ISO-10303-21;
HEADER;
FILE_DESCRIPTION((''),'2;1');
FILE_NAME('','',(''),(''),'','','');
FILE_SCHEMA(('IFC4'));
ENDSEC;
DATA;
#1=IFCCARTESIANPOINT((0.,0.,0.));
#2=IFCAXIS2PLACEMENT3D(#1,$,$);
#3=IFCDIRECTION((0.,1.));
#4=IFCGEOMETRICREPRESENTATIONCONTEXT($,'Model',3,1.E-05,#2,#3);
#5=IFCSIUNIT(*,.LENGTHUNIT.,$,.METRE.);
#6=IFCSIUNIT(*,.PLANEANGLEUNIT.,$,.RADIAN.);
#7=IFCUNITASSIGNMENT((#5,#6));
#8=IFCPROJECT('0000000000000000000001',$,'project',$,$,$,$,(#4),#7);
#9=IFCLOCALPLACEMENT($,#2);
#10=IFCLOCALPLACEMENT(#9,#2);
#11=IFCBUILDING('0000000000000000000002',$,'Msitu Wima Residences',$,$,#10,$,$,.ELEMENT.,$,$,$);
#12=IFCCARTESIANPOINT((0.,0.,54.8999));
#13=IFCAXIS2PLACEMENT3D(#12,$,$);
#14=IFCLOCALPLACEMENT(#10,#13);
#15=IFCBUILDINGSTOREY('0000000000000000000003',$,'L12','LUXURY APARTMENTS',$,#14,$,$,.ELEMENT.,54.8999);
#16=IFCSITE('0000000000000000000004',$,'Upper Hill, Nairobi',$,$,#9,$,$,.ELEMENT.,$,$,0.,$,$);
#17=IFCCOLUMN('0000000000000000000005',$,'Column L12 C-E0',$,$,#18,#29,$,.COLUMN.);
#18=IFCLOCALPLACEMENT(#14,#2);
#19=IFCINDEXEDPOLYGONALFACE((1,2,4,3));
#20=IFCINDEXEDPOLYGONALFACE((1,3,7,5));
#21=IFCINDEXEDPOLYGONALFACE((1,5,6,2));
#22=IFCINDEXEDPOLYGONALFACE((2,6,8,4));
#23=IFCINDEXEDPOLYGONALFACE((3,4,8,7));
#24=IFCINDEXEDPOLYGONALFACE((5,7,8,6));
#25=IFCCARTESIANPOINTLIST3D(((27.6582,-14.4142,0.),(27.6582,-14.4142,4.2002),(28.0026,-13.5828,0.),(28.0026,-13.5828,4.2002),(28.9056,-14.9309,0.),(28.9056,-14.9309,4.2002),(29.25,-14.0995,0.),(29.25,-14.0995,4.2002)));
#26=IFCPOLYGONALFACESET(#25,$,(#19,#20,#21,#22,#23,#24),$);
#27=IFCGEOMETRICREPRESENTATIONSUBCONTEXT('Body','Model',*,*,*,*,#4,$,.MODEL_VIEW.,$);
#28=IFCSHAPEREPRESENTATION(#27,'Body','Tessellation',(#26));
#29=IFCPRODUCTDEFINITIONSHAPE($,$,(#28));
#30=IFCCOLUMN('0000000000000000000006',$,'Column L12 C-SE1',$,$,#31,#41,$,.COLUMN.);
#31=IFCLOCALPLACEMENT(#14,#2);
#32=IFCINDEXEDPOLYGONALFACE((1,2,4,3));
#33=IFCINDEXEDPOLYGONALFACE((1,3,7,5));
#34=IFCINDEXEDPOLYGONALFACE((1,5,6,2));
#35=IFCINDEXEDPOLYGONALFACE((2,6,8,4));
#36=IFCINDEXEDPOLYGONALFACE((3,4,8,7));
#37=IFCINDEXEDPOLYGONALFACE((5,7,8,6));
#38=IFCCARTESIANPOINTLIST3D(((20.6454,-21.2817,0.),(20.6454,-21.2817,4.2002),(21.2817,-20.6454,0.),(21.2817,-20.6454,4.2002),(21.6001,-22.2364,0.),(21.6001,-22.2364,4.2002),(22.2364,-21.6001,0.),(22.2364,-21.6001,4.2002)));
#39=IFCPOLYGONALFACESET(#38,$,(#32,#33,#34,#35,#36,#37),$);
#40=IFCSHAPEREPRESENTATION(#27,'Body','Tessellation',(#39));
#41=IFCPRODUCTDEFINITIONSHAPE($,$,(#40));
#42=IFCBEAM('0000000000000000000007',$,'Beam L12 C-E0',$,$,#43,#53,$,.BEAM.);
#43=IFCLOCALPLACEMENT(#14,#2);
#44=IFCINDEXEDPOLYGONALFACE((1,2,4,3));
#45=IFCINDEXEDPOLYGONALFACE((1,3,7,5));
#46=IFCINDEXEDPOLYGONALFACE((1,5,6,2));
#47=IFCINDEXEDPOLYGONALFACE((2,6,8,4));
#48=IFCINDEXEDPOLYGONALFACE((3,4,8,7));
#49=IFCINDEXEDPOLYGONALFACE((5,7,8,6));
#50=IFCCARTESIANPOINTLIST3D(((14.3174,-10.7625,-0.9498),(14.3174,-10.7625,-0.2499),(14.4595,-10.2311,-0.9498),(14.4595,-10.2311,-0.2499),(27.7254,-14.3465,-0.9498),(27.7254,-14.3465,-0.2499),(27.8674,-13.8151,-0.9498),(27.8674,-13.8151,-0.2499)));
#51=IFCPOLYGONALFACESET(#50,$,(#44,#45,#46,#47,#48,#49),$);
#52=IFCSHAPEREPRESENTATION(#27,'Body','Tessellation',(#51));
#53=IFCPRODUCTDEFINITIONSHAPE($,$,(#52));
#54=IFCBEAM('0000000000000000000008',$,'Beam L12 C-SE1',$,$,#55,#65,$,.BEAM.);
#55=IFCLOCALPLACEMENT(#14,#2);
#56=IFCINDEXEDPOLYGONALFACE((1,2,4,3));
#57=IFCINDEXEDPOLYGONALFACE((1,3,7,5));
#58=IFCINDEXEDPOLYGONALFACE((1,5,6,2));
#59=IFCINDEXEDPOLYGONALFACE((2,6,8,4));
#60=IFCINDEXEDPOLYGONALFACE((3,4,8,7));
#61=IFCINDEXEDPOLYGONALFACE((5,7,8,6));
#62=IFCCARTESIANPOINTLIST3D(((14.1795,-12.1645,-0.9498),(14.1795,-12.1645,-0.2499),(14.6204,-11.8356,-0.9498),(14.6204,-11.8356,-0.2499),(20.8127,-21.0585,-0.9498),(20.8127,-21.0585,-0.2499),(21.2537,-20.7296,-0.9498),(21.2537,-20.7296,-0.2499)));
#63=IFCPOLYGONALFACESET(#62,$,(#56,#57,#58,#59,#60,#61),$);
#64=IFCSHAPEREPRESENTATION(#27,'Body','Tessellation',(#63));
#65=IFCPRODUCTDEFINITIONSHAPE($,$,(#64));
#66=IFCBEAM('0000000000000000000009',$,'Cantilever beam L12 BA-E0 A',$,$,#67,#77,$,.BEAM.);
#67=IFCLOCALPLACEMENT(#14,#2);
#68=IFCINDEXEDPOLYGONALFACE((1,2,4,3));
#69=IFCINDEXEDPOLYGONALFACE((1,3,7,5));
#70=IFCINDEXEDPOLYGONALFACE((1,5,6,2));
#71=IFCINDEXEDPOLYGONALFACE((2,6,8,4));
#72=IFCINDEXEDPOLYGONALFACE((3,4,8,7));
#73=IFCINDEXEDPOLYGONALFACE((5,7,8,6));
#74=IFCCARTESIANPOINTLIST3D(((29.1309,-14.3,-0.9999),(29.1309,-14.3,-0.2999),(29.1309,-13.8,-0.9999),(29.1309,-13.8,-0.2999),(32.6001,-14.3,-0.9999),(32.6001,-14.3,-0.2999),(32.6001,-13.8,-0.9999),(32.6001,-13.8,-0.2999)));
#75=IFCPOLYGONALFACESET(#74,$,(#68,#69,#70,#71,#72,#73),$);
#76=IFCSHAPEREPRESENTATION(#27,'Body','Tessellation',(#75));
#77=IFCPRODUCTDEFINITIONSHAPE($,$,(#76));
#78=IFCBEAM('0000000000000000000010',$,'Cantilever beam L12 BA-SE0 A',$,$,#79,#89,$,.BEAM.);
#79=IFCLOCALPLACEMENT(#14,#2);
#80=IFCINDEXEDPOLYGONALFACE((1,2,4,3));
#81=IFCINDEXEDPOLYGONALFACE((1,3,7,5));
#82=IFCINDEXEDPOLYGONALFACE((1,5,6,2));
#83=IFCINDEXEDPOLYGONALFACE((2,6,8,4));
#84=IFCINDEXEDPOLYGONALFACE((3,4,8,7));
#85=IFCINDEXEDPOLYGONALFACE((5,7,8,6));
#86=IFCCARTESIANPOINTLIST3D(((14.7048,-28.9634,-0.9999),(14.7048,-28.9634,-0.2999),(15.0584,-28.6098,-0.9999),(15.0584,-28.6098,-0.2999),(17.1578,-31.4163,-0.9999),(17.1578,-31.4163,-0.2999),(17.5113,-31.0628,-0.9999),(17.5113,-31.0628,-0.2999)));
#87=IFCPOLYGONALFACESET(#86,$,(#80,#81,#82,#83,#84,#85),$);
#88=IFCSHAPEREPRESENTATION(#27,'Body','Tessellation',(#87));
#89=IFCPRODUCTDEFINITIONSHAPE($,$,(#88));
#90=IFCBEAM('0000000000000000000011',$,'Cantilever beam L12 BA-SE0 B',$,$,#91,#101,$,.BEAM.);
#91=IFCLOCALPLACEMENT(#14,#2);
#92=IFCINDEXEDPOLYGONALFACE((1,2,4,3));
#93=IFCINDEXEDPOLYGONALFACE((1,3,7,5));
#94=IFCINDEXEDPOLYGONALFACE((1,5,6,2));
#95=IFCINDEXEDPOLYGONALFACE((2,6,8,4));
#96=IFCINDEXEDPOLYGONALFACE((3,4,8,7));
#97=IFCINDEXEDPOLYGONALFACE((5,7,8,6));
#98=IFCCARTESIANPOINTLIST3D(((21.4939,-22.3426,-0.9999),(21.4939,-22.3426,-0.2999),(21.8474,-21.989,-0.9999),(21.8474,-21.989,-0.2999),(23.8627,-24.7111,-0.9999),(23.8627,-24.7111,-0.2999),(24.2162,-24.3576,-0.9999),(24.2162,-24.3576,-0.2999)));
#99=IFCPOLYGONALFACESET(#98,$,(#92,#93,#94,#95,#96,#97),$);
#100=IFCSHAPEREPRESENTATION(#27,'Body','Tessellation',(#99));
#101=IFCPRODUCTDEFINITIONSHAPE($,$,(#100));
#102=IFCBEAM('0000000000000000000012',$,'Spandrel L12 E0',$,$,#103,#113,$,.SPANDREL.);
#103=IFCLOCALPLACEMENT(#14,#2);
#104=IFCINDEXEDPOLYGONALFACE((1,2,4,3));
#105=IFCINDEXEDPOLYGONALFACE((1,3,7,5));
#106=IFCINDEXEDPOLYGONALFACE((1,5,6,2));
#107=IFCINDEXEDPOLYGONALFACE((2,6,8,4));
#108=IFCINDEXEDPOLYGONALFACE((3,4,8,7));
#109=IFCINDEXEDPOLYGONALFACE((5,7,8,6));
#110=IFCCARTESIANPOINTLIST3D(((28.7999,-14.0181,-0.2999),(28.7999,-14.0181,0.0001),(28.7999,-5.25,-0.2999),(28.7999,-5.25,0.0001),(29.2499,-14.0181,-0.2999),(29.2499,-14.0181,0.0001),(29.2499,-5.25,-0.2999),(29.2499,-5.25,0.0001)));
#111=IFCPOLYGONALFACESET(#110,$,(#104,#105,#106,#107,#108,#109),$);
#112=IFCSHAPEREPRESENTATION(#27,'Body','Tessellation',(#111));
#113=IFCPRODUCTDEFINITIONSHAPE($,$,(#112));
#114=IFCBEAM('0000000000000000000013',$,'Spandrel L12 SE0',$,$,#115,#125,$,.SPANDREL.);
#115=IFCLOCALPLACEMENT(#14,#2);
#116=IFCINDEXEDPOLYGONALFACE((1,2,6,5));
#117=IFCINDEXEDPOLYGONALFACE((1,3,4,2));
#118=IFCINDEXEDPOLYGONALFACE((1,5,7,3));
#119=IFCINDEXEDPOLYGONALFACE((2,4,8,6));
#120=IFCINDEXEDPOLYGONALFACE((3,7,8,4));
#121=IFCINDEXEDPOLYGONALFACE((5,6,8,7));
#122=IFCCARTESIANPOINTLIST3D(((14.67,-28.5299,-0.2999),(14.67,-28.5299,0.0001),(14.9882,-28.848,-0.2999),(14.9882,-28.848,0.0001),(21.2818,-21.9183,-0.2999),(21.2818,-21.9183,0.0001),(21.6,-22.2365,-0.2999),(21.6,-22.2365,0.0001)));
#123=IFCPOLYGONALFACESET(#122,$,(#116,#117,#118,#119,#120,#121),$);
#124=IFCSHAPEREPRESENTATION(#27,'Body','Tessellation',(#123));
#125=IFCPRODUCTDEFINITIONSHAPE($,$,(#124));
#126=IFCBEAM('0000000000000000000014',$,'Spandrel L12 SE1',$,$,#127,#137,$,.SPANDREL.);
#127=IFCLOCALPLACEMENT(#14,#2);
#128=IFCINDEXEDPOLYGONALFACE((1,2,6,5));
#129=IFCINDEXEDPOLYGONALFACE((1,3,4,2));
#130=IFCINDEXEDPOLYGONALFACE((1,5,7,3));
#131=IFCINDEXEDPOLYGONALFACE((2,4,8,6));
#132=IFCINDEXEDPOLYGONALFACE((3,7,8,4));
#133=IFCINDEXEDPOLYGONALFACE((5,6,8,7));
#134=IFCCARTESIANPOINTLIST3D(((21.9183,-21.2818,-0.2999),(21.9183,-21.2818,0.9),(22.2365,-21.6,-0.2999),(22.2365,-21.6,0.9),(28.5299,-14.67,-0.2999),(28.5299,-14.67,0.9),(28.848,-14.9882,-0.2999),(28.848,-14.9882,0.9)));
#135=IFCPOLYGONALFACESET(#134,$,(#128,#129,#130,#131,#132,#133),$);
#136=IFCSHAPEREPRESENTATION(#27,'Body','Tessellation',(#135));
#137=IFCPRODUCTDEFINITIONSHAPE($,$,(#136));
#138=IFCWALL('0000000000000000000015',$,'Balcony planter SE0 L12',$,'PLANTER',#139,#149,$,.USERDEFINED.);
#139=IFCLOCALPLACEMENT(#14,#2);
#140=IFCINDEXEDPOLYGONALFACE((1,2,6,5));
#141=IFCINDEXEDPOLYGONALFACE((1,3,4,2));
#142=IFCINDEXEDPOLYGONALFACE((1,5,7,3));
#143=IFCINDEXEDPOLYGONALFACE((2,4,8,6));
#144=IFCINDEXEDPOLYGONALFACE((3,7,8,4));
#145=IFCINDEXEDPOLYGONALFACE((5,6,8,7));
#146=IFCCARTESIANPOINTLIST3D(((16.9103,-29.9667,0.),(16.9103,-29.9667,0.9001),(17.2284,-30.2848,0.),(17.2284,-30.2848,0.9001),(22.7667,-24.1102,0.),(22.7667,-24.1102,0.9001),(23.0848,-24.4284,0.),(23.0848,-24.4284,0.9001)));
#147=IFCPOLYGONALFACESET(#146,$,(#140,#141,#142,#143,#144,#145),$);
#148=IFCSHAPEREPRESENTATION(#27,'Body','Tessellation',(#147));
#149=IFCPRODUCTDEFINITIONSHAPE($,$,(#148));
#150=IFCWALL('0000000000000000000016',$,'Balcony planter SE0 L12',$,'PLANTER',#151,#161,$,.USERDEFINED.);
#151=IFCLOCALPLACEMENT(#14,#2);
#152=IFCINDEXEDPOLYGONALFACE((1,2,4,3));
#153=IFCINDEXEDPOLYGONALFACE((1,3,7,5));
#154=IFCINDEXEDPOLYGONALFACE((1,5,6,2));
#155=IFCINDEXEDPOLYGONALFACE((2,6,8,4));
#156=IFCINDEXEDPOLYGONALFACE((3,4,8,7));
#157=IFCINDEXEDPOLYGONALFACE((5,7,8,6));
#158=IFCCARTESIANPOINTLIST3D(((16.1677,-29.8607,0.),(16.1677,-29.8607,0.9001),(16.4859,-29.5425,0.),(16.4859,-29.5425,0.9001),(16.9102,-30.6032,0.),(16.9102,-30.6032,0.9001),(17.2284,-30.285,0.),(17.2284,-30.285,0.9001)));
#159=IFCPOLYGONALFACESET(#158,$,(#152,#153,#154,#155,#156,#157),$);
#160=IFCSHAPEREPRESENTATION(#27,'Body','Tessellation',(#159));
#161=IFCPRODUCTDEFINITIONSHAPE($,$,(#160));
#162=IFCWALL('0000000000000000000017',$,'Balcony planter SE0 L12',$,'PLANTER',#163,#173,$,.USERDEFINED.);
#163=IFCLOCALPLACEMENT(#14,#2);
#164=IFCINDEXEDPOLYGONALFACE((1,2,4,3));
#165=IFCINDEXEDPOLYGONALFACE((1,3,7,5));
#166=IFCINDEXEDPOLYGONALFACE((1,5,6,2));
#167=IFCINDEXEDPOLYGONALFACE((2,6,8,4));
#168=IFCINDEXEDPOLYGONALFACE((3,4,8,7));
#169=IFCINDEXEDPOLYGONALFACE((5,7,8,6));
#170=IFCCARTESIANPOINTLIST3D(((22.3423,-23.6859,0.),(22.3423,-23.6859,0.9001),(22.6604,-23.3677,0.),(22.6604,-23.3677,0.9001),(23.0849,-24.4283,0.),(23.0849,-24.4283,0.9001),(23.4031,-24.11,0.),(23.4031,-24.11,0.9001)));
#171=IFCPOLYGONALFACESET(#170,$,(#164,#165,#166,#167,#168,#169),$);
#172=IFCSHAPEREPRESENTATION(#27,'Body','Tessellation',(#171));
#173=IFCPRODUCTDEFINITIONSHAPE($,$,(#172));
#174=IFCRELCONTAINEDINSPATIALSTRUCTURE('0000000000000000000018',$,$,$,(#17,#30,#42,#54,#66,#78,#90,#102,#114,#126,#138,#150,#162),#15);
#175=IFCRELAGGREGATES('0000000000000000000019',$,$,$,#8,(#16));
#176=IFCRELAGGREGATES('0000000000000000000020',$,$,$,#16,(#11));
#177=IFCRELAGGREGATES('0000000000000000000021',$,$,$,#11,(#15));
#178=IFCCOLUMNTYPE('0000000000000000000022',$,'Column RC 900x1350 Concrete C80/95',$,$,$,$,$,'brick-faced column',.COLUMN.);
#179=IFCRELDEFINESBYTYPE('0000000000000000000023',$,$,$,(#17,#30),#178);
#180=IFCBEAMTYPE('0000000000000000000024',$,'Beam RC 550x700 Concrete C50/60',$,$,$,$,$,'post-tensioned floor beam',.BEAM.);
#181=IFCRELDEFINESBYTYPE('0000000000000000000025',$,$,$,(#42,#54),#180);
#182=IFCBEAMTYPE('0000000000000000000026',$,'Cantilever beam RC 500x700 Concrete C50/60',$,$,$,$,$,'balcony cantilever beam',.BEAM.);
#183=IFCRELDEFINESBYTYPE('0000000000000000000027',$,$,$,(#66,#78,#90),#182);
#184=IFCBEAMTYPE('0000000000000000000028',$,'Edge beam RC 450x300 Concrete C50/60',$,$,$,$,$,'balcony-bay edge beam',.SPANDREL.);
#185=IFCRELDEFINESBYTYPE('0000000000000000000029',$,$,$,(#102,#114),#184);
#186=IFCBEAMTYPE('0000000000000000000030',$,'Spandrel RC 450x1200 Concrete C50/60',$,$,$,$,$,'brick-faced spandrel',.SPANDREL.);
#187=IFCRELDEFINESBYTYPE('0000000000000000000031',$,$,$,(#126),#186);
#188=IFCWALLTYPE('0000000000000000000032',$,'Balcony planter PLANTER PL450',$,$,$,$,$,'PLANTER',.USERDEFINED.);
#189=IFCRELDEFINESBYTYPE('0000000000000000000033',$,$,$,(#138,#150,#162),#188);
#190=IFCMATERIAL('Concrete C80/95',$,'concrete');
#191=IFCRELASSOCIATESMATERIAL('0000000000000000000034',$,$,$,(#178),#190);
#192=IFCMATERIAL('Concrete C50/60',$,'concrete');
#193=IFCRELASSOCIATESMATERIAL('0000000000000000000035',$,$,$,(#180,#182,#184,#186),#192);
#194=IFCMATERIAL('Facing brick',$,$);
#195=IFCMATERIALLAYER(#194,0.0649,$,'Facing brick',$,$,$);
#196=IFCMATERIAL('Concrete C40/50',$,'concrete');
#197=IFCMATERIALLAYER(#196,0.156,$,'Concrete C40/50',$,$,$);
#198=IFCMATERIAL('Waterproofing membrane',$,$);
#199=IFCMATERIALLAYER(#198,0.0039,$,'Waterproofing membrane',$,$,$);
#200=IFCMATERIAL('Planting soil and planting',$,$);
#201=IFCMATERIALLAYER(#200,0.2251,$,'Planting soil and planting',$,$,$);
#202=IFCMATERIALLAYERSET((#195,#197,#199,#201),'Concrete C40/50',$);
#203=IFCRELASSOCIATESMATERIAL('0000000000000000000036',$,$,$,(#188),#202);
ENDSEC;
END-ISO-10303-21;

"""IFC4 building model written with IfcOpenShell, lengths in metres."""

from ifc_helpers import new_model, si_unit, direction, frame, frame_2d, origin, origin_2d, place, context, subcontext, project, spatial, rectangle, extrude, material, layer, layer_set, material_profile, profile_set, type_object, element, save


model = new_model("IFC4")

# Units and contexts
model_context = context("Model", 3, precision=1e-05, world=origin(), true_north=direction((0.0, 1.0)))
body_context = subcontext(model_context, "Body", "Model", "MODEL_VIEW")
ifc_project = project(units=[si_unit("LENGTHUNIT", "METRE"), si_unit("PLANEANGLEUNIT", "RADIAN")], contexts=[model_context])

# Site, building, storey
site_placement = place(None, origin())
site = spatial("IfcSite", under=ifc_project, at=site_placement, Name="Upper Hill, Nairobi", CompositionType="ELEMENT", RefElevation=0.0)
building_placement = place(site_placement, origin())
building = spatial("IfcBuilding", under=site, at=building_placement, Name="Msitu Wima Residences", CompositionType="ELEMENT")
storey_placement = place(building_placement, frame((0.0, 0.0, 54.8999)))
storey = spatial("IfcBuildingStorey", under=building, at=storey_placement, Name="L12", Description="LUXURY APARTMENTS", CompositionType="ELEMENT", Elevation=54.8999)

# Columns
ifc_material_1 = material(Name="Concrete C80/95", Category="concrete")
ifc_material_profile_1 = material_profile(ifc_material_1, rectangle(XDim=0.8999, YDim=1.3501, at=origin_2d()), Name="RC 900x1350")
ifc_profile_set_1 = profile_set([ifc_material_profile_1], Name="Concrete C80/95")
column_type = type_object("IfcColumnType", Name="Column RC 900x1350 Concrete C80/95", ElementType="brick-faced column", PredefinedType="COLUMN", material=ifc_profile_set_1)
for number, where, z_axis, x_axis, name in (
    (1, (28.4541, -14.2568, 0.0), (0.0, 0.0, 1.0), (0.382683, 0.92388, 0.0), "Column L12 C-E0"),
    (2, (21.4409, -21.4409, 0.0), (0.0, 0.0, 1.0), (0.707107, 0.707107, 0.0), "Column L12 C-SE1"),
):
    element("IfcColumn", number, at=place(storey_placement, frame(where, z_axis=z_axis, x_axis=x_axis)), inside=storey, type_object=column_type, Name=name, PredefinedType="COLUMN", context=body_context, shape_type="SweptSolid", body=[
        extrude(rectangle(XDim=0.8999, YDim=1.3501, at=origin_2d()), origin(), (0.0, 0.0, 1.0), 4.2002),
    ])

# Beams
ifc_material_2 = material(Name="Concrete C50/60", Category="concrete")
ifc_material_profile_2 = material_profile(ifc_material_2, rectangle(XDim=0.55, YDim=0.7, at=origin_2d()), Name="RC 550x700")
ifc_profile_set_2 = profile_set([ifc_material_profile_2], Name="Concrete C50/60")
beam_type_1 = type_object("IfcBeamType", Name="Beam RC 550x700 Concrete C50/60", ElementType="post-tensioned floor beam", PredefinedType="BEAM", material=ifc_profile_set_2)
beam_1_placement = place(storey_placement, frame((27.7964, -14.0808, -0.5999), z_axis=(-0.966082, 0.258236, 0.0), x_axis=(-0.258236, -0.966082, 0.0)))
element("IfcBeam", 3, at=beam_1_placement, inside=storey, type_object=beam_type_1, Name="Beam L12 C-E0", PredefinedType="BEAM", context=body_context, shape_type="SweptSolid", body=[
    extrude(rectangle(XDim=0.55, YDim=0.7, at=origin_2d()), origin(), (0.0, 0.0, 1.0), 13.8787),
])
beam_2_placement = place(storey_placement, frame((21.0332, -20.894, -0.5999), z_axis=(-0.59785, 0.801608, 0.0), x_axis=(-0.801608, -0.59785, 0.0)))
element("IfcBeam", 4, at=beam_2_placement, inside=storey, type_object=beam_type_1, Name="Beam L12 C-SE1", PredefinedType="BEAM", context=body_context, shape_type="SweptSolid", body=[
    extrude(rectangle(XDim=0.55, YDim=0.7, at=origin_2d()), origin(), (0.0, 0.0, 1.0), 11.0952),
])
ifc_material_profile_3 = material_profile(ifc_material_2, rectangle(XDim=0.5, YDim=0.7, at=origin_2d()), Name="RC 500x700")
ifc_profile_set_3 = profile_set([ifc_material_profile_3], Name="Concrete C50/60")
beam_type_2 = type_object("IfcBeamType", Name="Cantilever beam RC 500x700 Concrete C50/60", ElementType="balcony cantilever beam", PredefinedType="BEAM", material=ifc_profile_set_3)
beam_3_placement = place(storey_placement, frame((29.1309, -14.05, -0.6499), z_axis=(1.0, 0.0, 0.0), x_axis=(0.0, 1.0, 0.0)))
element("IfcBeam", 5, at=beam_3_placement, inside=storey, type_object=beam_type_2, Name="Cantilever beam L12 BA-E0 A", PredefinedType="BEAM", context=body_context, shape_type="SweptSolid", body=[
    extrude(rectangle(XDim=0.5, YDim=0.7, at=origin_2d()), origin(), (0.0, 0.0, 1.0), 3.4692),
])
beam_4_placement = place(storey_placement, frame((14.8816, -28.7866, -0.6499), z_axis=(0.707107, -0.707107, 0.0), x_axis=(0.707107, 0.707107, 0.0)))
element("IfcBeam", 6, at=beam_4_placement, inside=storey, type_object=beam_type_2, Name="Cantilever beam L12 BA-SE0 A", PredefinedType="BEAM", context=body_context, shape_type="SweptSolid", body=[
    extrude(rectangle(XDim=0.5, YDim=0.7, at=origin_2d()), origin(), (0.0, 0.0, 1.0), 3.469),
])
beam_5_placement = place(storey_placement, frame((21.6707, -22.1658, -0.6499), z_axis=(0.707143, -0.70707, 0.0), x_axis=(0.70707, 0.707143, 0.0)))
element("IfcBeam", 7, at=beam_5_placement, inside=storey, type_object=beam_type_2, Name="Cantilever beam L12 BA-SE0 B", PredefinedType="BEAM", context=body_context, shape_type="SweptSolid", body=[
    extrude(rectangle(XDim=0.5, YDim=0.7, at=origin_2d()), origin(), (0.0, 0.0, 1.0), 3.3499),
])
ifc_material_profile_4 = material_profile(ifc_material_2, rectangle(XDim=0.45, YDim=0.3, at=origin_2d()), Name="RC 450x300")
ifc_profile_set_4 = profile_set([ifc_material_profile_4], Name="Concrete C50/60")
beam_type_3 = type_object("IfcBeamType", Name="Edge beam RC 450x300 Concrete C50/60", ElementType="balcony-bay edge beam", PredefinedType="SPANDREL", material=ifc_profile_set_4)
beam_6_placement = place(storey_placement, frame((29.0249, -14.0181, -0.1499), z_axis=(0.0, 1.0, 0.0), x_axis=(-1.0, 0.0, 0.0)))
element("IfcBeam", 8, at=beam_6_placement, inside=storey, type_object=beam_type_3, Name="Spandrel L12 E0", PredefinedType="SPANDREL", context=body_context, shape_type="SweptSolid", body=[
    extrude(rectangle(XDim=0.45, YDim=0.3, at=origin_2d()), origin(), (0.0, 0.0, 1.0), 8.7681),
])
beam_7_placement = place(storey_placement, frame((14.8291, -28.689, -0.1499), z_axis=(0.70712, 0.707094, 0.0), x_axis=(-0.707094, 0.70712, 0.0)))
element("IfcBeam", 9, at=beam_7_placement, inside=storey, type_object=beam_type_3, Name="Spandrel L12 SE0", PredefinedType="SPANDREL", context=body_context, shape_type="SweptSolid", body=[
    extrude(rectangle(XDim=0.45, YDim=0.3, at=origin_2d()), origin(), (0.0, 0.0, 1.0), 9.3503),
])
ifc_material_profile_5 = material_profile(ifc_material_2, rectangle(XDim=0.45, YDim=1.2, at=origin_2d()), Name="RC 450x1200")
ifc_profile_set_5 = profile_set([ifc_material_profile_5], Name="Concrete C50/60")
beam_type_4 = type_object("IfcBeamType", Name="Spandrel RC 450x1200 Concrete C50/60", ElementType="brick-faced spandrel", PredefinedType="SPANDREL", material=ifc_profile_set_5)
beam_8_placement = place(storey_placement, frame((22.0774, -21.4409, 0.3), z_axis=(0.707094, 0.70712, 0.0), x_axis=(-0.70712, 0.707094, 0.0)))
element("IfcBeam", 10, at=beam_8_placement, inside=storey, type_object=beam_type_4, Name="Spandrel L12 SE1", PredefinedType="SPANDREL", context=body_context, shape_type="SweptSolid", body=[
    extrude(rectangle(XDim=0.45, YDim=1.2, at=origin_2d()), origin(), (0.0, 0.0, 1.0), 9.3503),
])

# Walls
ifc_material_3 = material(Name="Facing brick")
ifc_layer_1 = layer(ifc_material_3, 0.0649, Name="Facing brick")
ifc_material_4 = material(Name="Concrete C40/50", Category="concrete")
ifc_layer_2 = layer(ifc_material_4, 0.156, Name="Concrete C40/50")
ifc_material_5 = material(Name="Waterproofing membrane")
ifc_layer_3 = layer(ifc_material_5, 0.0039, Name="Waterproofing membrane")
ifc_material_6 = material(Name="Planting soil and planting")
ifc_layer_4 = layer(ifc_material_6, 0.2251, Name="Planting soil and planting")
ifc_layer_set_1 = layer_set([ifc_layer_1, ifc_layer_2, ifc_layer_3, ifc_layer_4], Name="Concrete C40/50")
wall_type_1 = type_object("IfcWallType", Name="Balcony planter PLANTER PL450", ElementType="PLANTER", PredefinedType="USERDEFINED", material=ifc_layer_set_1)
wall_1_placement = place(storey_placement, frame((17.0693, -30.1257, 0.0), z_axis=(0.0, 0.0, 1.0), x_axis=(0.707107, 0.707107, 0.0)))
element("IfcWall", 11, at=wall_1_placement, inside=storey, type_object=wall_type_1, Name="Balcony planter SE0 L12", ObjectType="PLANTER", PredefinedType="USERDEFINED", context=body_context, shape_type="SweptSolid", body=[
    extrude(rectangle(XDim=8.2822, YDim=0.45, at=frame_2d((4.1411, 0.0))), origin(), (0.0, 0.0, 1.0), 0.9001),
])
for number, where, z_axis, x_axis, name in (
    (12, (16.3269, -29.7017, 0.0), (0.0, 0.0, 1.0), (0.707107, -0.707107, 0.0), "Balcony planter SE0 L12"),
    (13, (22.5015, -23.5269, 0.0), (0.0, 0.0, 1.0), (0.707223, -0.706991, 0.0), "Balcony planter SE0 L12"),
):
    element("IfcWall", number, at=place(storey_placement, frame(where, z_axis=z_axis, x_axis=x_axis)), inside=storey, type_object=wall_type_1, Name=name, ObjectType="PLANTER", PredefinedType="USERDEFINED", context=body_context, shape_type="SweptSolid", body=[
        extrude(rectangle(XDim=1.05, YDim=0.45, at=frame_2d((0.5249, 0.0))), origin(), (0.0, 0.0, 1.0), 0.9001),
    ])

save(model, "model.ifc")
